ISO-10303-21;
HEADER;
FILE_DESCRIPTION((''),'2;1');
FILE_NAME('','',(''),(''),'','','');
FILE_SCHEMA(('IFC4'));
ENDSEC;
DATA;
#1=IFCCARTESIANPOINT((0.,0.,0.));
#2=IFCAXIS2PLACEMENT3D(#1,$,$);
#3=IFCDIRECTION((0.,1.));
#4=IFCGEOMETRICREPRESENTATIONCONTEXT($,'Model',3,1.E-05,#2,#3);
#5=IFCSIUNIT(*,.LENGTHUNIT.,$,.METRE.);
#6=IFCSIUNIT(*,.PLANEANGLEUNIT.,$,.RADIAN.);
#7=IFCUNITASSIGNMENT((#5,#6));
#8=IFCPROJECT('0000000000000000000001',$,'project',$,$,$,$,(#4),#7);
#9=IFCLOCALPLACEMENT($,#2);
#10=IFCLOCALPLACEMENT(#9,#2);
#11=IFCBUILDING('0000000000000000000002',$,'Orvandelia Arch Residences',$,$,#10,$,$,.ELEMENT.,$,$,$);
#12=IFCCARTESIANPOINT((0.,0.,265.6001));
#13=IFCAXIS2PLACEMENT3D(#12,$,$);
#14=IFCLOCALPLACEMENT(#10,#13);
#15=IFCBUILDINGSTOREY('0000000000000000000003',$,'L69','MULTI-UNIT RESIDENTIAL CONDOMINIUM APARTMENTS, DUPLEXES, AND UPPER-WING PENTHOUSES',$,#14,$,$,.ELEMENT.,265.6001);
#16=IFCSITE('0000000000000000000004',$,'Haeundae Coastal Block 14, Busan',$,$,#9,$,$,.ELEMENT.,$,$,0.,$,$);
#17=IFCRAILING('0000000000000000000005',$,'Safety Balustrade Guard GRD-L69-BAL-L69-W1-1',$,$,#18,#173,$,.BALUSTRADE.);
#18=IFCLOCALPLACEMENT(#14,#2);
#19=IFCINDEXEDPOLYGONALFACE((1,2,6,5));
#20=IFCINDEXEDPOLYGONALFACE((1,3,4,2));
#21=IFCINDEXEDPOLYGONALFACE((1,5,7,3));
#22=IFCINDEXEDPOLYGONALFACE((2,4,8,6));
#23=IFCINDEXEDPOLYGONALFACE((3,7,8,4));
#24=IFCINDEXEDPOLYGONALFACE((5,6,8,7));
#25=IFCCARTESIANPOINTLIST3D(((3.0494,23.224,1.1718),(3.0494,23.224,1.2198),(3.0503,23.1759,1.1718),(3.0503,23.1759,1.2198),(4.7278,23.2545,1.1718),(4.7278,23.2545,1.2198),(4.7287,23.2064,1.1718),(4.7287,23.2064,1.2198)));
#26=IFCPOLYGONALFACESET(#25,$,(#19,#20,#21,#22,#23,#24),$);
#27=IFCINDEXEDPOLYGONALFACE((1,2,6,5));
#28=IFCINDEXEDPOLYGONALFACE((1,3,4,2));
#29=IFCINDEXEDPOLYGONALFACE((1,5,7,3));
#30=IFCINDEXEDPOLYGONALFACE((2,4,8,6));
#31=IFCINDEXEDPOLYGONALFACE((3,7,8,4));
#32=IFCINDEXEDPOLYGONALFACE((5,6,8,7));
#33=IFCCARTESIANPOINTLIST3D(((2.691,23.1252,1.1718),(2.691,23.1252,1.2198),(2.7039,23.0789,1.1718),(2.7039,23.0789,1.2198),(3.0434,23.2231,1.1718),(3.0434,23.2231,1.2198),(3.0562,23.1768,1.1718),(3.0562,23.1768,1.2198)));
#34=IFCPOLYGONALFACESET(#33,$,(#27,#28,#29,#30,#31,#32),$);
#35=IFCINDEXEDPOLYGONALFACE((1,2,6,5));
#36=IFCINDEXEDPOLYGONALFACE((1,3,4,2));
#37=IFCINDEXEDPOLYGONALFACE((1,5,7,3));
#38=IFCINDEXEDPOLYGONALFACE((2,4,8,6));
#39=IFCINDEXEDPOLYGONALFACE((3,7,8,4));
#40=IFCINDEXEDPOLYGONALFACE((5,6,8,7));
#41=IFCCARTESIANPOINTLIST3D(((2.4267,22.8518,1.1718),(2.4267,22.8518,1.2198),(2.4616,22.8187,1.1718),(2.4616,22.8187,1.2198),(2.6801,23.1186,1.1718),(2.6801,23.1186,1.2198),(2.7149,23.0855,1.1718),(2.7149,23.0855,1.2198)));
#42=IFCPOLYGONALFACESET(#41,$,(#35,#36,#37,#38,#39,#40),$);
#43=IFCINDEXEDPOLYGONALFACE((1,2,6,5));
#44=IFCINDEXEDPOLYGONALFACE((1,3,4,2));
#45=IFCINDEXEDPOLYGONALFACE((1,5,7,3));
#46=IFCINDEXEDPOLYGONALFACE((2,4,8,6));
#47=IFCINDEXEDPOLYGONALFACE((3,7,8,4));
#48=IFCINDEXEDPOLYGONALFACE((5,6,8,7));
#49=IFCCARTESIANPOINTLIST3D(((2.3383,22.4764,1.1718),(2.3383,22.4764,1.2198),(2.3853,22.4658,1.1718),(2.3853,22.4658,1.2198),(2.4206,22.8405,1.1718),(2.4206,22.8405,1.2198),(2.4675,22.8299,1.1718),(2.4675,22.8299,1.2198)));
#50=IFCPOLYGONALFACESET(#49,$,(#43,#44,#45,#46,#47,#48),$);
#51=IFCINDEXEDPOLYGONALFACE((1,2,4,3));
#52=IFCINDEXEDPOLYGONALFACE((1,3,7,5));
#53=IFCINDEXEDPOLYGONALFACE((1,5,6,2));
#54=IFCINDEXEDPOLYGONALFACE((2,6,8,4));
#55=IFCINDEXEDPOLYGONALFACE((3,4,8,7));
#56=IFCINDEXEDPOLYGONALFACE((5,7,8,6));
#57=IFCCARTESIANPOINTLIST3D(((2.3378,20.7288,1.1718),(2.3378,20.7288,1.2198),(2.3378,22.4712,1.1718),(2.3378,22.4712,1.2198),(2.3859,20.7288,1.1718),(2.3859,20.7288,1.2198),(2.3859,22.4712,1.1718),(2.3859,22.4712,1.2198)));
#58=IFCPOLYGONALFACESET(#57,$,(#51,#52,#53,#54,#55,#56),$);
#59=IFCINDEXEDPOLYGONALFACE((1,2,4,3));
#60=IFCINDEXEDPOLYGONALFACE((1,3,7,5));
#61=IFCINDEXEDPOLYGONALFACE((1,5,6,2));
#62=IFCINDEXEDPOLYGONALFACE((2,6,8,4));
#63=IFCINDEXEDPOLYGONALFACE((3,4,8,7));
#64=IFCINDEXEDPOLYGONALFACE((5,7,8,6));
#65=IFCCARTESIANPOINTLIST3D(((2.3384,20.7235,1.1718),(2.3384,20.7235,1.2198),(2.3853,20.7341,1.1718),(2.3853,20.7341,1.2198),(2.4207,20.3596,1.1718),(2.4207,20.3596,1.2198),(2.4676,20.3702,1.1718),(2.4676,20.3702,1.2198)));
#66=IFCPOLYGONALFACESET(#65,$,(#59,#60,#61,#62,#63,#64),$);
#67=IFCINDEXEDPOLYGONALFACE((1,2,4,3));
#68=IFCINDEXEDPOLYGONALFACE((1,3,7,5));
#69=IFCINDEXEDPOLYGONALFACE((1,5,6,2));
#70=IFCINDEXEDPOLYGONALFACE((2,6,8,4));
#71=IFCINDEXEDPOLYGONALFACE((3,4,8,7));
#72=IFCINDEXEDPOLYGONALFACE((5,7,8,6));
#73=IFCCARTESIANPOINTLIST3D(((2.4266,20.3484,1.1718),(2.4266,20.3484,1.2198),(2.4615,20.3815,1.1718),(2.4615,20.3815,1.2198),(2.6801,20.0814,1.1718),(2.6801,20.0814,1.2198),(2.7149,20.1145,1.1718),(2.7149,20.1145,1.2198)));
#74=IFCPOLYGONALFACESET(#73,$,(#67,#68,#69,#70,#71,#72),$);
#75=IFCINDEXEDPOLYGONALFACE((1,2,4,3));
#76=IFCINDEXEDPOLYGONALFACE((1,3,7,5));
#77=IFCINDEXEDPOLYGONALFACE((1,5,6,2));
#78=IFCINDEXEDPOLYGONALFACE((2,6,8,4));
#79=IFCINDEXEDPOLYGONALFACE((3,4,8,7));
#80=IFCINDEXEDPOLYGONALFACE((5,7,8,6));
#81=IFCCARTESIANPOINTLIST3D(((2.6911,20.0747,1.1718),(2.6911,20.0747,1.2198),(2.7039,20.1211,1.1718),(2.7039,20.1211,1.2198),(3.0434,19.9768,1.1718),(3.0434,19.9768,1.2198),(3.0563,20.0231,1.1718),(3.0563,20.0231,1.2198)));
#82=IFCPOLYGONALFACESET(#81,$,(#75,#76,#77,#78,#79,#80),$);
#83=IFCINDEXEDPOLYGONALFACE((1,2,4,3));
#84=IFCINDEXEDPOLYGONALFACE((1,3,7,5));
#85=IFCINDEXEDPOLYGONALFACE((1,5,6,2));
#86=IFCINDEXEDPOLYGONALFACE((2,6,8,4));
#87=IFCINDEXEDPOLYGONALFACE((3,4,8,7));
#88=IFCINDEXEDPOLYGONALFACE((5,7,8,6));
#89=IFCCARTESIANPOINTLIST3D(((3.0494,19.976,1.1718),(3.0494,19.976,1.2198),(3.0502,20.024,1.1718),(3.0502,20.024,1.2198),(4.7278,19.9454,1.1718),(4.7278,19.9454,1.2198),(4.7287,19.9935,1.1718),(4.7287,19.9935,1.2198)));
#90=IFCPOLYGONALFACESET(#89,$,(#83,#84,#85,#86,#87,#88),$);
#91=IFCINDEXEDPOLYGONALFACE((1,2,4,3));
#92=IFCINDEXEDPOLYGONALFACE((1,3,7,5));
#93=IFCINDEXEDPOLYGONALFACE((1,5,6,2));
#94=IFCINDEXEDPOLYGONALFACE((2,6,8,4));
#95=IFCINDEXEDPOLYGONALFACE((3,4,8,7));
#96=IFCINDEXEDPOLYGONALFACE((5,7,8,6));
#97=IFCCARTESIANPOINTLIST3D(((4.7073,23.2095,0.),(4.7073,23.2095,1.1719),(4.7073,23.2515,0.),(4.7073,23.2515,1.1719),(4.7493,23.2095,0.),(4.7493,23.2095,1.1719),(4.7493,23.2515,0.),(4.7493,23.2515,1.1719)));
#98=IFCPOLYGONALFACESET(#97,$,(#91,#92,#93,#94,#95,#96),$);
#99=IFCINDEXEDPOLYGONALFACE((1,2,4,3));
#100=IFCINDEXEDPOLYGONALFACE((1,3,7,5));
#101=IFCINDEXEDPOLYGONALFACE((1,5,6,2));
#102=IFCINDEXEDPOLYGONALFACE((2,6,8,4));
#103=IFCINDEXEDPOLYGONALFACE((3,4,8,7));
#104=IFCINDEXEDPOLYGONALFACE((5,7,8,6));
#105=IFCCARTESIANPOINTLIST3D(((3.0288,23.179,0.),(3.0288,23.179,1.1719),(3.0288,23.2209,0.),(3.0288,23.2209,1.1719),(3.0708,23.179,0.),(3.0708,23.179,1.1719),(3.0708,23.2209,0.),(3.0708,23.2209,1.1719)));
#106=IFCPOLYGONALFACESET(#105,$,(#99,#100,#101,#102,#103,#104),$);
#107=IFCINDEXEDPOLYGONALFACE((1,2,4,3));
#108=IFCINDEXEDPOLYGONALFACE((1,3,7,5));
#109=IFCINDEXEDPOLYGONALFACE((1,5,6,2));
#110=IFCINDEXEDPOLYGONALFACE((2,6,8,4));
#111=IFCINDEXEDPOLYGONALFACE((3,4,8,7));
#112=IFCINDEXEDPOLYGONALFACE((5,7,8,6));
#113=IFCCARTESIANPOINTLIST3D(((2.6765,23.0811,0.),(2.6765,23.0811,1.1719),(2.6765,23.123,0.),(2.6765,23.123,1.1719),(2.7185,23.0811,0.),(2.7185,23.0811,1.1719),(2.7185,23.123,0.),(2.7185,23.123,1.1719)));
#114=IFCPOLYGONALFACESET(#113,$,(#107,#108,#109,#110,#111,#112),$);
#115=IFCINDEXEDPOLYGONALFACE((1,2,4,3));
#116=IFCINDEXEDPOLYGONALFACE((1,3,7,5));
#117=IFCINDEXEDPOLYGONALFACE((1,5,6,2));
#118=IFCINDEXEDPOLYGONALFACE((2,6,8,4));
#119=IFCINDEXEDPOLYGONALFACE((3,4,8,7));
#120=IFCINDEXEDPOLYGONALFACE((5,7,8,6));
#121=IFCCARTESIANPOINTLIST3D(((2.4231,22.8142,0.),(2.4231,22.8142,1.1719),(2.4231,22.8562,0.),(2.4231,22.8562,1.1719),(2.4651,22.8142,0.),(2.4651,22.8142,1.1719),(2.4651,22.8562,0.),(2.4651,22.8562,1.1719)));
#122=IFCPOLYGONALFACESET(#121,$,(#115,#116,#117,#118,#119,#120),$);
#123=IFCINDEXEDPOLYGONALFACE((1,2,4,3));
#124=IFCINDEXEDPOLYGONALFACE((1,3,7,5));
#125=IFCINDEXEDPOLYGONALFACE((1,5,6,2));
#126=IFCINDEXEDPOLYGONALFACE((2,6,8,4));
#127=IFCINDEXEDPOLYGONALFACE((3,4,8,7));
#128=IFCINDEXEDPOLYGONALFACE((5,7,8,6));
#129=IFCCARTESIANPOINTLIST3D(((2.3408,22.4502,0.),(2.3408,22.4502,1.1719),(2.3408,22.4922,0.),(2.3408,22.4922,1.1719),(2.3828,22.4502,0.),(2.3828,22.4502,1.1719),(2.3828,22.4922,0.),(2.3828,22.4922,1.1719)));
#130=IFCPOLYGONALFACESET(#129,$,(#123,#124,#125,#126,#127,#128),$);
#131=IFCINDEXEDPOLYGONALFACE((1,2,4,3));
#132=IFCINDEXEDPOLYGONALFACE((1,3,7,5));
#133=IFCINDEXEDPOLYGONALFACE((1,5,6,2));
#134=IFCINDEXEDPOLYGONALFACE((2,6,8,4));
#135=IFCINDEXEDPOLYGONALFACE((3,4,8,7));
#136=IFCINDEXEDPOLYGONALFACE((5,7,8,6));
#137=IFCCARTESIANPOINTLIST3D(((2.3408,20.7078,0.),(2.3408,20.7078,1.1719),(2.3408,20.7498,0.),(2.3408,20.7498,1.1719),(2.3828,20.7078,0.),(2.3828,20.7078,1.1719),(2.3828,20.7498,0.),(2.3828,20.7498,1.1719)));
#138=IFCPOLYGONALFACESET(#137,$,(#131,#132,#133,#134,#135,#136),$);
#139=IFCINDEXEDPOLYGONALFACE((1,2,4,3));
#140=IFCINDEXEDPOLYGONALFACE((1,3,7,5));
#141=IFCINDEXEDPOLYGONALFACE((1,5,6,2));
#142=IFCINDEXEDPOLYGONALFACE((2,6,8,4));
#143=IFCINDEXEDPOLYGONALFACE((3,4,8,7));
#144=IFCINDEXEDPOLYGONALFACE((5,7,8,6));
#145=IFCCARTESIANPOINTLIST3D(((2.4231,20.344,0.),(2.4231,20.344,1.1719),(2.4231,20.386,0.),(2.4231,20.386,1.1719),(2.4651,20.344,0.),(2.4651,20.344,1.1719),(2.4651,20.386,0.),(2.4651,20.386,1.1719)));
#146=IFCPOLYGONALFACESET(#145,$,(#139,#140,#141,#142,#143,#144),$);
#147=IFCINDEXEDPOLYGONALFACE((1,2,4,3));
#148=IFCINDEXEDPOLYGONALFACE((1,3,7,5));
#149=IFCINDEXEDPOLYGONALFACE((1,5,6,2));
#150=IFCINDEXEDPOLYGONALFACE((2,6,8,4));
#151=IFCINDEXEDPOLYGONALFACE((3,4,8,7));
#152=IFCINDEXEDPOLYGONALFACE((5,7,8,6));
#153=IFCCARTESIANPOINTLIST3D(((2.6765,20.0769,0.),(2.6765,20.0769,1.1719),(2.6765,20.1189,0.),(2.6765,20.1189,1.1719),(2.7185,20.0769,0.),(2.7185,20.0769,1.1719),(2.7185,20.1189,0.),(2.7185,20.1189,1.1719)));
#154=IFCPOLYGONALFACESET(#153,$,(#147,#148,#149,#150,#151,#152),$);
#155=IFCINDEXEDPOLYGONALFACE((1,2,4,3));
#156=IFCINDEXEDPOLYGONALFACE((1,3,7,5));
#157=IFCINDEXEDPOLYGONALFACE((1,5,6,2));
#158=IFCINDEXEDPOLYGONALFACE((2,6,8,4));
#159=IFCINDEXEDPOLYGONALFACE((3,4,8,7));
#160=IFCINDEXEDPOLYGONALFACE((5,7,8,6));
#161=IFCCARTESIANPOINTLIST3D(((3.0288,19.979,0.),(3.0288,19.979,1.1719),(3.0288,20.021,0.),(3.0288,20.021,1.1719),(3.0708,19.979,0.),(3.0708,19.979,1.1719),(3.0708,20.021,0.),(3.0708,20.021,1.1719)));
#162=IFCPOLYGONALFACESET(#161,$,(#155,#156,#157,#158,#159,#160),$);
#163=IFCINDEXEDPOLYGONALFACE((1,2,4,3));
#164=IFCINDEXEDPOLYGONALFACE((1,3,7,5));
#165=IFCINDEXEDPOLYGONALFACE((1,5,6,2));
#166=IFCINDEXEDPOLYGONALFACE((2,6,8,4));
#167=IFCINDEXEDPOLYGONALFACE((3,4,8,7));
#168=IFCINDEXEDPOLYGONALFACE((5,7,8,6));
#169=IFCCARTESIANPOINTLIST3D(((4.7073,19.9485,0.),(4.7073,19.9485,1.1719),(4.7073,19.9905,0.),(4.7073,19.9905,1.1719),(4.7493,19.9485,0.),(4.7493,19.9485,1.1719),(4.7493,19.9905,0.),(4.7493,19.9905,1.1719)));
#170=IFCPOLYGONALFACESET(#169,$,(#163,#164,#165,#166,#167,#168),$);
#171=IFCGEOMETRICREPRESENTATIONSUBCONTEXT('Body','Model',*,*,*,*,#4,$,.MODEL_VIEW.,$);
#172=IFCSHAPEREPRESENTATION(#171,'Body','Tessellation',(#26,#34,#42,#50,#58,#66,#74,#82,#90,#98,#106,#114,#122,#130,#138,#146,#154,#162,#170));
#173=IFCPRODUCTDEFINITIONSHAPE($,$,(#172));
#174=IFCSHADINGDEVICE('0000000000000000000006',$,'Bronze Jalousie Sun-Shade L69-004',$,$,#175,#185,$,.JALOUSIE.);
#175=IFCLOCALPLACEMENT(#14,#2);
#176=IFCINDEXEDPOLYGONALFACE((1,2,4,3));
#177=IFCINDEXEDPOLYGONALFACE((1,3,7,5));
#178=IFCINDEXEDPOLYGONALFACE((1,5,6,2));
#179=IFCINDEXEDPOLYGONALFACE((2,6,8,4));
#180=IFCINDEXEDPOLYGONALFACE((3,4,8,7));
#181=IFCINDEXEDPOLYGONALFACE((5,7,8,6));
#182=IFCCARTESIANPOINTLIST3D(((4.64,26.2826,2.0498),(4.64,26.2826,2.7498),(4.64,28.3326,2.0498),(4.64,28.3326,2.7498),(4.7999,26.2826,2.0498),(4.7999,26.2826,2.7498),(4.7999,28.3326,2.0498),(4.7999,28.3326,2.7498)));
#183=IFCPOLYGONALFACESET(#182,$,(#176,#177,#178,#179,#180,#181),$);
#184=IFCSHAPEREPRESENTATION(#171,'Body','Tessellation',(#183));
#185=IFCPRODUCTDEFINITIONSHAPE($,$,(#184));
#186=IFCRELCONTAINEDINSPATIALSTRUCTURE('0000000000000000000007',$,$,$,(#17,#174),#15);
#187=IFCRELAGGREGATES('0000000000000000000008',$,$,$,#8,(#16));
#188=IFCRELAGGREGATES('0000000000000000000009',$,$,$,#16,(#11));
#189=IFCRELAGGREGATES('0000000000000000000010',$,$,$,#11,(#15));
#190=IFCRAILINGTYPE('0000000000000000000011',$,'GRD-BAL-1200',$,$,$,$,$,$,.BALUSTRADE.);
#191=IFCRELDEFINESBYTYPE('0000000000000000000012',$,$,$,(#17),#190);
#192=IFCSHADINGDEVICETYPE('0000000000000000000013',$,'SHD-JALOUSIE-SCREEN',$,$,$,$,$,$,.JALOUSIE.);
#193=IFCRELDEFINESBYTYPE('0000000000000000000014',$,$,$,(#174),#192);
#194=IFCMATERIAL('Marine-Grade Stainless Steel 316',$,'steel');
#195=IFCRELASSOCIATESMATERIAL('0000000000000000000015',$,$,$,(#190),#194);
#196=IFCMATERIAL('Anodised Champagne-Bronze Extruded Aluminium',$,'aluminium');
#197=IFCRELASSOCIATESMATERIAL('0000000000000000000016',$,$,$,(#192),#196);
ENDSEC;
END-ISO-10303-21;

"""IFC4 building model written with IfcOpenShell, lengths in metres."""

from ifc_helpers import new_model, si_unit, direction, frame, origin, origin_2d, place, context, subcontext, project, spatial, rectangle, extrude, material, type_object, element, save


model = new_model("IFC4")

# Units and contexts
model_context = context("Model", 3, precision=1e-05, world=origin(), true_north=direction((0.0, 1.0)))
body_context = subcontext(model_context, "Body", "Model", "MODEL_VIEW")
ifc_project = project(units=[si_unit("LENGTHUNIT", "METRE"), si_unit("PLANEANGLEUNIT", "RADIAN")], contexts=[model_context])

# Site, building, storey
site_placement = place(None, origin())
site = spatial("IfcSite", under=ifc_project, at=site_placement, Name="Haeundae Coastal Block 14, Busan", CompositionType="ELEMENT", RefElevation=0.0)
building_placement = place(site_placement, origin())
building = spatial("IfcBuilding", under=site, at=building_placement, Name="Orvandelia Arch Residences", CompositionType="ELEMENT")
storey_placement = place(building_placement, frame((0.0, 0.0, 265.6001)))
storey = spatial("IfcBuildingStorey", under=building, at=storey_placement, Name="L69", Description="MULTI-UNIT RESIDENTIAL CONDOMINIUM APARTMENTS, DUPLEXES, AND UPPER-WING PENTHOUSES", CompositionType="ELEMENT", Elevation=265.6001)

# Railing
ifc_material_1 = material(Name="Marine-Grade Stainless Steel 316", Category="steel")
railing_type = type_object("IfcRailingType", Name="GRD-BAL-1200", PredefinedType="BALUSTRADE", material=ifc_material_1)
railing_placement = place(storey_placement, frame((4.7283, 23.2305, 0.0)))
element("IfcRailing", 1, at=railing_placement, inside=storey, type_object=railing_type, Name="Safety Balustrade Guard GRD-L69-BAL-L69-W1-1", PredefinedType="BALUSTRADE", context=body_context, shape_type="SweptSolid", body=[
    extrude(rectangle(XDim=0.0481, YDim=0.0481, at=origin_2d()), frame((0.0, 0.0, 1.1958), z_axis=(-0.999835, -0.018179, 0.0), x_axis=(0.018179, -0.999835, 0.0)), (0.0, 0.0, 1.0), 1.6787),
    extrude(rectangle(XDim=0.0481, YDim=0.0481, at=origin_2d()), frame((-1.6785, -0.0305, 1.1958), z_axis=(-0.963489, -0.267747, 0.0), x_axis=(0.267747, -0.963489, 0.0)), (0.0, 0.0, 1.0), 0.3657),
    extrude(rectangle(XDim=0.0481, YDim=0.0481, at=origin_2d()), frame((-2.0308, -0.1284, 1.1958), z_axis=(-0.688627, -0.725115, 0.0), x_axis=(0.725115, -0.688627, 0.0)), (0.0, 0.0, 1.0), 0.3679),
    extrude(rectangle(XDim=0.0481, YDim=0.0481, at=origin_2d()), frame((-2.2842, -0.3953, 1.1958), z_axis=(-0.220462, -0.975396, 0.0), x_axis=(0.975396, -0.220462, 0.0)), (0.0, 0.0, 1.0), 0.3733),
    extrude(rectangle(XDim=0.0481, YDim=0.0481, at=origin_2d()), frame((-2.3665, -0.7593, 1.1958), z_axis=(0.0, -1.0, 0.0), x_axis=(1.0, 0.0, 0.0)), (0.0, 0.0, 1.0), 1.7424),
    extrude(rectangle(XDim=0.0481, YDim=0.0481, at=origin_2d()), frame((-2.3665, -2.5017, 1.1958), z_axis=(0.220602, -0.975364, 0.0), x_axis=(0.975364, 0.220602, 0.0)), (0.0, 0.0, 1.0), 0.373),
    extrude(rectangle(XDim=0.0481, YDim=0.0481, at=origin_2d()), frame((-2.2842, -2.8655, 1.1958), z_axis=(0.688296, -0.72543, 0.0), x_axis=(0.72543, 0.688296, 0.0)), (0.0, 0.0, 1.0), 0.3682),
    extrude(rectangle(XDim=0.0481, YDim=0.0481, at=origin_2d()), frame((-2.0308, -3.1326, 1.1958), z_axis=(0.963489, -0.267747, 0.0), x_axis=(0.267747, 0.963489, 0.0)), (0.0, 0.0, 1.0), 0.3657),
    extrude(rectangle(XDim=0.0481, YDim=0.0481, at=origin_2d()), frame((-1.6785, -3.2305, 1.1958), z_axis=(0.999835, -0.018179, 0.0), x_axis=(0.018179, 0.999835, 0.0)), (0.0, 0.0, 1.0), 1.6787),
    extrude(rectangle(XDim=0.042, YDim=0.042, at=origin_2d()), origin(), (0.0, 0.0, 1.0), 1.1719),
    extrude(rectangle(XDim=0.042, YDim=0.042, at=origin_2d()), frame((-1.6785, -0.0305, 0.0)), (0.0, 0.0, 1.0), 1.1719),
    extrude(rectangle(XDim=0.042, YDim=0.042, at=origin_2d()), frame((-2.0308, -0.1284, 0.0)), (0.0, 0.0, 1.0), 1.1719),
    extrude(rectangle(XDim=0.042, YDim=0.042, at=origin_2d()), frame((-2.2842, -0.3953, 0.0)), (0.0, 0.0, 1.0), 1.1719),
    extrude(rectangle(XDim=0.042, YDim=0.042, at=origin_2d()), frame((-2.3665, -0.7593, 0.0)), (0.0, 0.0, 1.0), 1.1719),
    extrude(rectangle(XDim=0.042, YDim=0.042, at=origin_2d()), frame((-2.3665, -2.5017, 0.0)), (0.0, 0.0, 1.0), 1.1719),
    extrude(rectangle(XDim=0.042, YDim=0.042, at=origin_2d()), frame((-2.2842, -2.8655, 0.0)), (0.0, 0.0, 1.0), 1.1719),
    extrude(rectangle(XDim=0.042, YDim=0.042, at=origin_2d()), frame((-2.0308, -3.1326, 0.0)), (0.0, 0.0, 1.0), 1.1719),
    extrude(rectangle(XDim=0.042, YDim=0.042, at=origin_2d()), frame((-1.6785, -3.2305, 0.0)), (0.0, 0.0, 1.0), 1.1719),
    extrude(rectangle(XDim=0.042, YDim=0.042, at=origin_2d()), frame((0.0, -3.261, 0.0)), (0.0, 0.0, 1.0), 1.1719),
])

# Shading device
ifc_material_2 = material(Name="Anodised Champagne-Bronze Extruded Aluminium", Category="aluminium")
shading_device_type = type_object("IfcShadingDeviceType", Name="SHD-JALOUSIE-SCREEN", PredefinedType="JALOUSIE", material=ifc_material_2)
shading_device_placement = place(storey_placement, frame((4.72, 27.3076, 2.0498), z_axis=(0.0, 0.0, 1.0), x_axis=(0.0, 1.0, 0.0)))
element("IfcShadingDevice", 2, at=shading_device_placement, inside=storey, type_object=shading_device_type, Name="Bronze Jalousie Sun-Shade L69-004", PredefinedType="JALOUSIE", context=body_context, shape_type="SweptSolid", body=[
    extrude(rectangle(XDim=2.05, YDim=0.1599, at=origin_2d()), origin(), (0.0, 0.0, 1.0), 0.7),
])

save(model, "model.ifc")
